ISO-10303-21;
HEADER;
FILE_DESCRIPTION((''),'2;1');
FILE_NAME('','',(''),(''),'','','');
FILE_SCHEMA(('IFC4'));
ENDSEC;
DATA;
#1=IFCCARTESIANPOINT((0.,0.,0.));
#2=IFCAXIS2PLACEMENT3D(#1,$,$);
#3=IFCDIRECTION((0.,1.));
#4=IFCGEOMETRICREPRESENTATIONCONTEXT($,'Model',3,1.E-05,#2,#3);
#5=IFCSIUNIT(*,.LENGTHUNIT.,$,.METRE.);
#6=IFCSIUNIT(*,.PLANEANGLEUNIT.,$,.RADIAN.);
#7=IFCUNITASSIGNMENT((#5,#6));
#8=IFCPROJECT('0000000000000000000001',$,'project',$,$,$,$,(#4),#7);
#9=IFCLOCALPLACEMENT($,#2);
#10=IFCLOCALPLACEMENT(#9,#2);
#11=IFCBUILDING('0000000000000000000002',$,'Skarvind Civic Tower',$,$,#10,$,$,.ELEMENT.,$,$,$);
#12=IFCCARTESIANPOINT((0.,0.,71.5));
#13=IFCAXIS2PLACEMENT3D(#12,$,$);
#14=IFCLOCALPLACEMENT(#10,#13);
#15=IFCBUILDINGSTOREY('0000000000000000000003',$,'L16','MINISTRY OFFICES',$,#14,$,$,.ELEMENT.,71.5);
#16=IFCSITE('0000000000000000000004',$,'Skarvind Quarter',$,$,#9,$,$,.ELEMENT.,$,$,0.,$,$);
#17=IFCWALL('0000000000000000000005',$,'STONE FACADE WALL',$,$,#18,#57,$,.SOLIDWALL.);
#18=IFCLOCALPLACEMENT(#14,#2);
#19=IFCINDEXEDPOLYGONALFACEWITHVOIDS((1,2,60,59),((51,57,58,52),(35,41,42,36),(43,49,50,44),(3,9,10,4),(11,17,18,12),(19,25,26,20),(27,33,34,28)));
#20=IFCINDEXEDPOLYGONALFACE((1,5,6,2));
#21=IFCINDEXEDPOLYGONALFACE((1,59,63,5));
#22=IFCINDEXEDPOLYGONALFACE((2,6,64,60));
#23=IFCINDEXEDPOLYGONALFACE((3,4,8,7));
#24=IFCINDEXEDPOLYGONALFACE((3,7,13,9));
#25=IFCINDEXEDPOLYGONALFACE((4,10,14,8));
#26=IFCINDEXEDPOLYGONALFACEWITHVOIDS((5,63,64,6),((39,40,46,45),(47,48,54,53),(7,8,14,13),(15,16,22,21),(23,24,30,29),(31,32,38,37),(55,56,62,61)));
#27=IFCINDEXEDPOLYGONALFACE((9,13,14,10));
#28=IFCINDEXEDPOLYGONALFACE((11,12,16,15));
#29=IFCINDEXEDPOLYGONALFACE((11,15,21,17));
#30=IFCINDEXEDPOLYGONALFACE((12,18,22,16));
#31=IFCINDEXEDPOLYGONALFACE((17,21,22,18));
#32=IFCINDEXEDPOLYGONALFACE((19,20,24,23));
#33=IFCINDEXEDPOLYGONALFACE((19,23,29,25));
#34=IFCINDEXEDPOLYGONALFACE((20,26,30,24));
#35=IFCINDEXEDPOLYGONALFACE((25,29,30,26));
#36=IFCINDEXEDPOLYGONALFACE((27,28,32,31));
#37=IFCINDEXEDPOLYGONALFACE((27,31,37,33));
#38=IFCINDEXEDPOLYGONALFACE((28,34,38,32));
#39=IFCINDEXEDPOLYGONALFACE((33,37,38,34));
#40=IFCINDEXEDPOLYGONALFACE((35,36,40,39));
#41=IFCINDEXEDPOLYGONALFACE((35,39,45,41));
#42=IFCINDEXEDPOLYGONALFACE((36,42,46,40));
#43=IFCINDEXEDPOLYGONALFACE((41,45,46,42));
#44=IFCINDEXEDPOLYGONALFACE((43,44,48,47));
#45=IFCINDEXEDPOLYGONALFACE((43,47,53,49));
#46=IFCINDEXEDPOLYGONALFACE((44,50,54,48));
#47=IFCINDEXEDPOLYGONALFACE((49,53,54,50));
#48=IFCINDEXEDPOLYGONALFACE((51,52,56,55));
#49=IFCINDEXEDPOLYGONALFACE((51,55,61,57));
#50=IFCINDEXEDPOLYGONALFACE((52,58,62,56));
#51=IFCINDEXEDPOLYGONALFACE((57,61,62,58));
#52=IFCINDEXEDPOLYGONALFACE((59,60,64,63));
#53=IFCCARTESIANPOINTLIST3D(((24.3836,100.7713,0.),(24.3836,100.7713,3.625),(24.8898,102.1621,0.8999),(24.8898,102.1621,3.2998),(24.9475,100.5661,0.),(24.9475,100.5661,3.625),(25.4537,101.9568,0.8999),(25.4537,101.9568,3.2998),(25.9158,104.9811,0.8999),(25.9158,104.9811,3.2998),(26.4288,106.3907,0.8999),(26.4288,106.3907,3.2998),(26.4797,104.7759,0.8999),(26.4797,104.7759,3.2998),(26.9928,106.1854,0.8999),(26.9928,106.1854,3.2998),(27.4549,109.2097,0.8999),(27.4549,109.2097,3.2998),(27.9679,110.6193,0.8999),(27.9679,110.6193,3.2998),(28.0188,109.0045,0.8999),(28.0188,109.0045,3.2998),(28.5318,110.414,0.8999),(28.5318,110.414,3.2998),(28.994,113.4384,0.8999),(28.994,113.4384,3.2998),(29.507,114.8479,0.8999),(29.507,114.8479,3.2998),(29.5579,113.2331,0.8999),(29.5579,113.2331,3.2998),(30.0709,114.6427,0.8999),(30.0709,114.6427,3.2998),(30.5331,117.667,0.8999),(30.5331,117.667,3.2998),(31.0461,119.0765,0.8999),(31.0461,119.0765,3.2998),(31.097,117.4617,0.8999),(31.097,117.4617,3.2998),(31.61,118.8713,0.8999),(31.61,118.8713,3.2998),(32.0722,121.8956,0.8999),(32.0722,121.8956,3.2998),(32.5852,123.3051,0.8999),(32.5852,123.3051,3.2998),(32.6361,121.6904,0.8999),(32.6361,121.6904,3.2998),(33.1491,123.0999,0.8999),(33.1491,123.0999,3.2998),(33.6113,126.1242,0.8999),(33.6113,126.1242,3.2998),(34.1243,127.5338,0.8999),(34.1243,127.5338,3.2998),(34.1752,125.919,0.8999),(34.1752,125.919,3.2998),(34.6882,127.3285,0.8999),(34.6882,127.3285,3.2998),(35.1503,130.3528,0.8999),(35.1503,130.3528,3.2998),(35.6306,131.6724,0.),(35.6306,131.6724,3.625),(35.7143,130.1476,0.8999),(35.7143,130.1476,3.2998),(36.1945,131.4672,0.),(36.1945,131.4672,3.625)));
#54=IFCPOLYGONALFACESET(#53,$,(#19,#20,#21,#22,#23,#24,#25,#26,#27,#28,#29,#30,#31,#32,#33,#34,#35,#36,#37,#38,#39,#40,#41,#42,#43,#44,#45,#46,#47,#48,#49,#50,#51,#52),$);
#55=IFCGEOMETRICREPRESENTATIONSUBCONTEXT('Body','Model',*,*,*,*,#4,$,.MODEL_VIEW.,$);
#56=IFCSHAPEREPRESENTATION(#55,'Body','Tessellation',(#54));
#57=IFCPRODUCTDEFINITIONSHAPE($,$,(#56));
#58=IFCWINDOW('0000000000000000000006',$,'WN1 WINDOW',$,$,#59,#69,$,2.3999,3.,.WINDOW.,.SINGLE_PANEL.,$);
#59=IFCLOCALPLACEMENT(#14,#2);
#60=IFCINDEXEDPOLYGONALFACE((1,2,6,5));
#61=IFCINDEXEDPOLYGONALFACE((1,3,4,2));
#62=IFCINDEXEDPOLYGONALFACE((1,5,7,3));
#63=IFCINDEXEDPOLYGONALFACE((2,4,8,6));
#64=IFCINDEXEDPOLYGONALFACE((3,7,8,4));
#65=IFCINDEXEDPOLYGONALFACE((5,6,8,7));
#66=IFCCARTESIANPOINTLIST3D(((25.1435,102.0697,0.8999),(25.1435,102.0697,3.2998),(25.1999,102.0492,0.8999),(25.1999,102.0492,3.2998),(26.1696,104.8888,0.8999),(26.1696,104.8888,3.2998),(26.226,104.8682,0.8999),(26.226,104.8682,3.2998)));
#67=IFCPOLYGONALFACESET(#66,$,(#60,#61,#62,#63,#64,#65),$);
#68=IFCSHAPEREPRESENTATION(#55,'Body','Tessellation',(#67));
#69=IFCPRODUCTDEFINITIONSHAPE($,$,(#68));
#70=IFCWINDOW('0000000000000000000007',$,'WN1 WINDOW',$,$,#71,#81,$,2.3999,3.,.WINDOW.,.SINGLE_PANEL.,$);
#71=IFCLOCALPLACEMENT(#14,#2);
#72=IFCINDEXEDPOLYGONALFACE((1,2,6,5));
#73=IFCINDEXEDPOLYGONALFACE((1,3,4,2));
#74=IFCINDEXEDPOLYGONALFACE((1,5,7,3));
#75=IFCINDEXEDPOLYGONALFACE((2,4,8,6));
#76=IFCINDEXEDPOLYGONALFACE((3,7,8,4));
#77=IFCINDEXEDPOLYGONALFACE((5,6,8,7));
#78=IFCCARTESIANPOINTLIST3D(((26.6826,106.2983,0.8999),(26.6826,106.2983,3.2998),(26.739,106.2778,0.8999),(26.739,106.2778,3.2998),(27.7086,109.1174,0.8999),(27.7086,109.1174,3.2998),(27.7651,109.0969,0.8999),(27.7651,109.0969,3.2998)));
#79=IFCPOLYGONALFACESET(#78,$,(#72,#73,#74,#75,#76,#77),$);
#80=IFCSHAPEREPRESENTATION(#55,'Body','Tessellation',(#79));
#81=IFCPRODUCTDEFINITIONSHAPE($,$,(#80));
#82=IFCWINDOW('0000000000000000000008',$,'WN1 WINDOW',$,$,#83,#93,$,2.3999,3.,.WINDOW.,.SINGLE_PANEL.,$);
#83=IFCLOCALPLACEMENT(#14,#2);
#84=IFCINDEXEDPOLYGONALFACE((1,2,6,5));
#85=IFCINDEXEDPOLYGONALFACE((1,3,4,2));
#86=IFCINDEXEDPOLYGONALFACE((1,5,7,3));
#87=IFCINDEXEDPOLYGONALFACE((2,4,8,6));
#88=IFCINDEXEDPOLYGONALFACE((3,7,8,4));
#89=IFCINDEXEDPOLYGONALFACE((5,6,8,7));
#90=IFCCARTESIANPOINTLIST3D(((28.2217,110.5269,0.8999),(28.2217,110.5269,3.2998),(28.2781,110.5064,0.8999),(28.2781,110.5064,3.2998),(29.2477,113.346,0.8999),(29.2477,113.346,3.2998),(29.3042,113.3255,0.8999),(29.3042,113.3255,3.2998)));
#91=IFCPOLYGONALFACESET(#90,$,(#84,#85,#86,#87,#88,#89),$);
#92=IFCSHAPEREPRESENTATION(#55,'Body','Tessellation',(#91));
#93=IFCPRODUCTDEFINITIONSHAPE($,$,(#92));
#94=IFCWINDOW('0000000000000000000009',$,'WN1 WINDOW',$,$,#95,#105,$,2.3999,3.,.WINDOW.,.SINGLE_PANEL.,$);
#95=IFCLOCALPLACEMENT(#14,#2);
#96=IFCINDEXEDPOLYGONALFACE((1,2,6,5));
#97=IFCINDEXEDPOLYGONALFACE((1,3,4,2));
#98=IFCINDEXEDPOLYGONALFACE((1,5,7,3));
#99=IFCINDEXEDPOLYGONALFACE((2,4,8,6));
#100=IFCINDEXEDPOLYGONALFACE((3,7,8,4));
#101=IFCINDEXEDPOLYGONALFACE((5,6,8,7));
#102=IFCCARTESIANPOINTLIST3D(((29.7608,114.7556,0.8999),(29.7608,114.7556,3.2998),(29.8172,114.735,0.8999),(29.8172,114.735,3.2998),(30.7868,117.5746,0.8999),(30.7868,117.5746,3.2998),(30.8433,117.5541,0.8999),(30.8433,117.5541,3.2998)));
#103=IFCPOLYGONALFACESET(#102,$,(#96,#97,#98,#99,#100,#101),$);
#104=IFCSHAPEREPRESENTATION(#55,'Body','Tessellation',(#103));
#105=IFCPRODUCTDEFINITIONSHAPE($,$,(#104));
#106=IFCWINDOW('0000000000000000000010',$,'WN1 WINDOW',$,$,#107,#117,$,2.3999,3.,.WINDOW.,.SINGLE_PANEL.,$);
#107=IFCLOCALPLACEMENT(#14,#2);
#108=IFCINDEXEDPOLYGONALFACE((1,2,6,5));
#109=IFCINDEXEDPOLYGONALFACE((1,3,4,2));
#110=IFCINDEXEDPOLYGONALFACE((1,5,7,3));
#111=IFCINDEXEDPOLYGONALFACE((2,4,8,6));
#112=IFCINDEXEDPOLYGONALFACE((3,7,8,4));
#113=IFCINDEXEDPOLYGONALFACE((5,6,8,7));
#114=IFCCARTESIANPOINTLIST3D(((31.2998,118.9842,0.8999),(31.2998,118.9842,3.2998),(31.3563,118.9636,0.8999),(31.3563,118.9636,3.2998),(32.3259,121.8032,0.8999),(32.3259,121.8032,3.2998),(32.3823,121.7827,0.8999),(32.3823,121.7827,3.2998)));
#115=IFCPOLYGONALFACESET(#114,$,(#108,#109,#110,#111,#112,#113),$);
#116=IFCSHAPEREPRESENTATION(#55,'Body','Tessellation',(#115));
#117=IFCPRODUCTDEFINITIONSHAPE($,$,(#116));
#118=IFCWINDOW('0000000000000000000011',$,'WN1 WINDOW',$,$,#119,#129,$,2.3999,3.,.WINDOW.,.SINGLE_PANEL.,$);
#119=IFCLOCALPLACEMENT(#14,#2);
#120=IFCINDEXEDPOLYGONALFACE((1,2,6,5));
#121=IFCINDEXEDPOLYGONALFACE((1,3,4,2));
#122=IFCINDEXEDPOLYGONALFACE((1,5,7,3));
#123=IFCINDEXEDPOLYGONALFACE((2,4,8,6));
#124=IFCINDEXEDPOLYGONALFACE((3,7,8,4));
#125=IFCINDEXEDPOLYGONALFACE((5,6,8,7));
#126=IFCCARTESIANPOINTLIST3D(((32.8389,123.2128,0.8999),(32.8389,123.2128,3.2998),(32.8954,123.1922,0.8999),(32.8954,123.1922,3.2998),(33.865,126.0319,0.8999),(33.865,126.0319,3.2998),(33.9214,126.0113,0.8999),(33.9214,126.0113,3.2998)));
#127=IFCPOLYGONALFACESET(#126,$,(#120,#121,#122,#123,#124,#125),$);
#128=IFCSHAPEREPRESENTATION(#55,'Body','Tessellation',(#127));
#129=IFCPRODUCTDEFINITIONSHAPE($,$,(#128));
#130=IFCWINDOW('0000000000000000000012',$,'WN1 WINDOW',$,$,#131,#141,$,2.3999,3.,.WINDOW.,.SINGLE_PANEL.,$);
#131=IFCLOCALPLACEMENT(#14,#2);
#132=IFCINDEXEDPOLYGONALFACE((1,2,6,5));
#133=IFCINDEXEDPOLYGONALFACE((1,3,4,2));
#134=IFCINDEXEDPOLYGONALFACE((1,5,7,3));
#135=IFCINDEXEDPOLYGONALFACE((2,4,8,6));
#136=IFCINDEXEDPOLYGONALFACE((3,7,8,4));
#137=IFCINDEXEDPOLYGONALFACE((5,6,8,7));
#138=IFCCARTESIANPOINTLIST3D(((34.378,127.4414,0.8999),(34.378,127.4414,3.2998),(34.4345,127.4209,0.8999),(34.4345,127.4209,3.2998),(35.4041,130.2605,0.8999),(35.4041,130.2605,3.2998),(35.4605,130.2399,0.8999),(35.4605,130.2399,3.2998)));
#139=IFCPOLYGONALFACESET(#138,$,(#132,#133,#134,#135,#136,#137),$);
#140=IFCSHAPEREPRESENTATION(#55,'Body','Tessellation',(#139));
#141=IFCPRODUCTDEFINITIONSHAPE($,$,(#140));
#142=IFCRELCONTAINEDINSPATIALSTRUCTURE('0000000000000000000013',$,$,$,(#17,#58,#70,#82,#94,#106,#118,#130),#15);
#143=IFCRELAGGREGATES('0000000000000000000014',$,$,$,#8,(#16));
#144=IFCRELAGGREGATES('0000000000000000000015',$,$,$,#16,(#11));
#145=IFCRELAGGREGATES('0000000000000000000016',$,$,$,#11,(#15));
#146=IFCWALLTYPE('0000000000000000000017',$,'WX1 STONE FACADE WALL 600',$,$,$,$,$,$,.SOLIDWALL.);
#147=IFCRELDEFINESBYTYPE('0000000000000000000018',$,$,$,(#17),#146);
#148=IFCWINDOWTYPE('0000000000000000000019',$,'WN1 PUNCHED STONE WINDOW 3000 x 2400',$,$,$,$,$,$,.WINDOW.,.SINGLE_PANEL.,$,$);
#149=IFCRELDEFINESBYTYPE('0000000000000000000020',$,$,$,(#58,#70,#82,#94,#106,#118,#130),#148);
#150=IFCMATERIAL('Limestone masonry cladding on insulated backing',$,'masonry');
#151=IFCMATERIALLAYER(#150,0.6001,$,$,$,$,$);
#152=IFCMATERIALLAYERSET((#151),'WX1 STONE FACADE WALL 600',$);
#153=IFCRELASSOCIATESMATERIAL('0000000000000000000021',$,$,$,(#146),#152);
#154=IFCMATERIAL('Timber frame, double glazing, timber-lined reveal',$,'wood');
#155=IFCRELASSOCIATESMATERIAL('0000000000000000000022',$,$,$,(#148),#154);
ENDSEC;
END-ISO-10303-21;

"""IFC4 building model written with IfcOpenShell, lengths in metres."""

from ifc_helpers import new_model, si_unit, direction, frame, frame_2d, origin, place, context, subcontext, project, spatial, rectangle, extrude, material, layer, layer_set, type_object, element, fill, save


model = new_model("IFC4")

# Units and contexts
model_context = context("Model", 3, precision=1e-05, world=origin(), true_north=direction((0.0, 1.0)))
body_context = subcontext(model_context, "Body", "Model", "MODEL_VIEW")
ifc_project = project(units=[si_unit("LENGTHUNIT", "METRE"), si_unit("PLANEANGLEUNIT", "RADIAN")], contexts=[model_context])

# Site, building, storey
site_placement = place(None, origin())
site = spatial("IfcSite", under=ifc_project, at=site_placement, Name="Skarvind Quarter", CompositionType="ELEMENT", RefElevation=0.0)
building_placement = place(site_placement, origin())
building = spatial("IfcBuilding", under=site, at=building_placement, Name="Skarvind Civic Tower", CompositionType="ELEMENT")
storey_placement = place(building_placement, frame((0.0, 0.0, 71.5)))
storey = spatial("IfcBuildingStorey", under=building, at=storey_placement, Name="L16", Description="MINISTRY OFFICES", CompositionType="ELEMENT", Elevation=71.5)

# Wall, openings, windows
ifc_material_1 = material(Name="Limestone masonry cladding on insulated backing", Category="masonry")
ifc_layer_1 = layer(ifc_material_1, 0.6001)
ifc_layer_set_1 = layer_set([ifc_layer_1], Name="WX1 STONE FACADE WALL 600")
wall_type_1 = type_object("IfcWallType", Name="WX1 STONE FACADE WALL 600", PredefinedType="SOLIDWALL", material=ifc_layer_set_1)
wall_1_placement = place(storey_placement, frame((24.6655, 100.6687, 0.0), z_axis=(0.0, 0.0, 1.0), x_axis=(0.34202, 0.939693, 0.0)))
wall_1 = element("IfcWall", 1, at=wall_1_placement, inside=storey, type_object=wall_type_1, Name="STONE FACADE WALL", PredefinedType="SOLIDWALL", context=body_context, shape_type="SweptSolid", body=[
    extrude(rectangle(XDim=32.8843, YDim=0.6001, at=frame_2d((16.4421, 0.0))), origin(), (0.0, 0.0, 1.0), 3.625),
])
opening_1_placement = place(wall_1_placement, frame((1.48, 0.0, 0.8999)))
opening_1 = element("IfcOpeningElement", 2, at=opening_1_placement, cuts=wall_1, PredefinedType="OPENING", context=body_context, shape_type="SweptSolid", body=[
    extrude(rectangle(XDim=3.0, YDim=2.3999, at=frame_2d((1.5, 1.2))), frame((0.0, 0.3101, 0.0), z_axis=(0.0, -1.0, 0.0), x_axis=(1.0, 0.0, 0.0)), (0.0, 0.0, 1.0), 0.6201),
])
opening_2_placement = place(wall_1_placement, frame((5.98, 0.0, 0.8999)))
opening_2 = element("IfcOpeningElement", 3, at=opening_2_placement, cuts=wall_1, PredefinedType="OPENING", context=body_context, shape_type="SweptSolid", body=[
    extrude(rectangle(XDim=3.0, YDim=2.3999, at=frame_2d((1.5, 1.2))), frame((0.0, 0.3101, 0.0), z_axis=(0.0, -1.0, 0.0), x_axis=(1.0, 0.0, 0.0)), (0.0, 0.0, 1.0), 0.6201),
])
opening_3_placement = place(wall_1_placement, frame((10.48, 0.0, 0.8999)))
opening_3 = element("IfcOpeningElement", 4, at=opening_3_placement, cuts=wall_1, PredefinedType="OPENING", context=body_context, shape_type="SweptSolid", body=[
    extrude(rectangle(XDim=3.0, YDim=2.3999, at=frame_2d((1.5, 1.2))), frame((0.0, 0.3101, 0.0), z_axis=(0.0, -1.0, 0.0), x_axis=(1.0, 0.0, 0.0)), (0.0, 0.0, 1.0), 0.6201),
])
opening_4_placement = place(wall_1_placement, frame((14.98, 0.0, 0.8999)))
opening_4 = element("IfcOpeningElement", 5, at=opening_4_placement, cuts=wall_1, PredefinedType="OPENING", context=body_context, shape_type="SweptSolid", body=[
    extrude(rectangle(XDim=3.0, YDim=2.3999, at=frame_2d((1.5, 1.2))), frame((0.0, 0.3101, 0.0), z_axis=(0.0, -1.0, 0.0), x_axis=(1.0, 0.0, 0.0)), (0.0, 0.0, 1.0), 0.6201),
])
opening_5_placement = place(wall_1_placement, frame((19.48, 0.0, 0.8999)))
opening_5 = element("IfcOpeningElement", 6, at=opening_5_placement, cuts=wall_1, PredefinedType="OPENING", context=body_context, shape_type="SweptSolid", body=[
    extrude(rectangle(XDim=3.0, YDim=2.3999, at=frame_2d((1.5, 1.2))), frame((0.0, 0.3101, 0.0), z_axis=(0.0, -1.0, 0.0), x_axis=(1.0, 0.0, 0.0)), (0.0, 0.0, 1.0), 0.6201),
])
opening_6_placement = place(wall_1_placement, frame((23.98, 0.0, 0.8999)))
opening_6 = element("IfcOpeningElement", 7, at=opening_6_placement, cuts=wall_1, PredefinedType="OPENING", context=body_context, shape_type="SweptSolid", body=[
    extrude(rectangle(XDim=3.0, YDim=2.3999, at=frame_2d((1.5, 1.2))), frame((0.0, 0.3101, 0.0), z_axis=(0.0, -1.0, 0.0), x_axis=(1.0, 0.0, 0.0)), (0.0, 0.0, 1.0), 0.6201),
])
opening_7_placement = place(wall_1_placement, frame((28.48, 0.0, 0.8999)))
opening_7 = element("IfcOpeningElement", 8, at=opening_7_placement, cuts=wall_1, PredefinedType="OPENING", context=body_context, shape_type="SweptSolid", body=[
    extrude(rectangle(XDim=3.0, YDim=2.3999, at=frame_2d((1.5, 1.2))), frame((0.0, 0.3101, 0.0), z_axis=(0.0, -1.0, 0.0), x_axis=(1.0, 0.0, 0.0)), (0.0, 0.0, 1.0), 0.6201),
])
ifc_material_2 = material(Name="Timber frame, double glazing, timber-lined reveal", Category="wood")
window_type = type_object("IfcWindowType", Name="WN1 PUNCHED STONE WINDOW 3000 x 2400", PartitioningType="SINGLE_PANEL", PredefinedType="WINDOW", material=ifc_material_2)
window_1_placement = place(opening_1_placement, origin())
window_1 = element("IfcWindow", 9, at=window_1_placement, inside=storey, type_object=window_type, Name="WN1 WINDOW", OverallHeight=2.3999, OverallWidth=3.0, PartitioningType="SINGLE_PANEL", PredefinedType="WINDOW", context=body_context, shape_type="SweptSolid", body=[
    extrude(rectangle(XDim=3.0, YDim=2.3999, at=frame_2d((1.5, 1.2))), frame((0.0, 0.03, 0.0), z_axis=(0.0, -1.0, 0.0), x_axis=(1.0, 0.0, 0.0)), (0.0, 0.0, 1.0), 0.0601),
])
fill(opening_1, window_1)
window_2_placement = place(opening_2_placement, origin())
window_2 = element("IfcWindow", 10, at=window_2_placement, inside=storey, type_object=window_type, Name="WN1 WINDOW", OverallHeight=2.3999, OverallWidth=3.0, PartitioningType="SINGLE_PANEL", PredefinedType="WINDOW", context=body_context, shape_type="SweptSolid", body=[
    extrude(rectangle(XDim=3.0, YDim=2.3999, at=frame_2d((1.5, 1.2))), frame((0.0, 0.03, 0.0), z_axis=(0.0, -1.0, 0.0), x_axis=(1.0, 0.0, 0.0)), (0.0, 0.0, 1.0), 0.0601),
])
fill(opening_2, window_2)
window_3_placement = place(opening_3_placement, origin())
window_3 = element("IfcWindow", 11, at=window_3_placement, inside=storey, type_object=window_type, Name="WN1 WINDOW", OverallHeight=2.3999, OverallWidth=3.0, PartitioningType="SINGLE_PANEL", PredefinedType="WINDOW", context=body_context, shape_type="SweptSolid", body=[
    extrude(rectangle(XDim=3.0, YDim=2.3999, at=frame_2d((1.5, 1.2))), frame((0.0, 0.03, 0.0), z_axis=(0.0, -1.0, 0.0), x_axis=(1.0, 0.0, 0.0)), (0.0, 0.0, 1.0), 0.0601),
])
fill(opening_3, window_3)
window_4_placement = place(opening_4_placement, origin())
window_4 = element("IfcWindow", 12, at=window_4_placement, inside=storey, type_object=window_type, Name="WN1 WINDOW", OverallHeight=2.3999, OverallWidth=3.0, PartitioningType="SINGLE_PANEL", PredefinedType="WINDOW", context=body_context, shape_type="SweptSolid", body=[
    extrude(rectangle(XDim=3.0, YDim=2.3999, at=frame_2d((1.5, 1.2))), frame((0.0, 0.03, 0.0), z_axis=(0.0, -1.0, 0.0), x_axis=(1.0, 0.0, 0.0)), (0.0, 0.0, 1.0), 0.0601),
])
fill(opening_4, window_4)
window_5_placement = place(opening_5_placement, origin())
window_5 = element("IfcWindow", 13, at=window_5_placement, inside=storey, type_object=window_type, Name="WN1 WINDOW", OverallHeight=2.3999, OverallWidth=3.0, PartitioningType="SINGLE_PANEL", PredefinedType="WINDOW", context=body_context, shape_type="SweptSolid", body=[
    extrude(rectangle(XDim=3.0, YDim=2.3999, at=frame_2d((1.5, 1.2))), frame((0.0, 0.03, 0.0), z_axis=(0.0, -1.0, 0.0), x_axis=(1.0, 0.0, 0.0)), (0.0, 0.0, 1.0), 0.0601),
])
fill(opening_5, window_5)
window_6_placement = place(opening_6_placement, origin())
window_6 = element("IfcWindow", 14, at=window_6_placement, inside=storey, type_object=window_type, Name="WN1 WINDOW", OverallHeight=2.3999, OverallWidth=3.0, PartitioningType="SINGLE_PANEL", PredefinedType="WINDOW", context=body_context, shape_type="SweptSolid", body=[
    extrude(rectangle(XDim=3.0, YDim=2.3999, at=frame_2d((1.5, 1.2))), frame((0.0, 0.03, 0.0), z_axis=(0.0, -1.0, 0.0), x_axis=(1.0, 0.0, 0.0)), (0.0, 0.0, 1.0), 0.0601),
])
fill(opening_6, window_6)
window_7_placement = place(opening_7_placement, origin())
window_7 = element("IfcWindow", 15, at=window_7_placement, inside=storey, type_object=window_type, Name="WN1 WINDOW", OverallHeight=2.3999, OverallWidth=3.0, PartitioningType="SINGLE_PANEL", PredefinedType="WINDOW", context=body_context, shape_type="SweptSolid", body=[
    extrude(rectangle(XDim=3.0, YDim=2.3999, at=frame_2d((1.5, 1.2))), frame((0.0, 0.03, 0.0), z_axis=(0.0, -1.0, 0.0), x_axis=(1.0, 0.0, 0.0)), (0.0, 0.0, 1.0), 0.0601),
])
fill(opening_7, window_7)

save(model, "model.ifc")
